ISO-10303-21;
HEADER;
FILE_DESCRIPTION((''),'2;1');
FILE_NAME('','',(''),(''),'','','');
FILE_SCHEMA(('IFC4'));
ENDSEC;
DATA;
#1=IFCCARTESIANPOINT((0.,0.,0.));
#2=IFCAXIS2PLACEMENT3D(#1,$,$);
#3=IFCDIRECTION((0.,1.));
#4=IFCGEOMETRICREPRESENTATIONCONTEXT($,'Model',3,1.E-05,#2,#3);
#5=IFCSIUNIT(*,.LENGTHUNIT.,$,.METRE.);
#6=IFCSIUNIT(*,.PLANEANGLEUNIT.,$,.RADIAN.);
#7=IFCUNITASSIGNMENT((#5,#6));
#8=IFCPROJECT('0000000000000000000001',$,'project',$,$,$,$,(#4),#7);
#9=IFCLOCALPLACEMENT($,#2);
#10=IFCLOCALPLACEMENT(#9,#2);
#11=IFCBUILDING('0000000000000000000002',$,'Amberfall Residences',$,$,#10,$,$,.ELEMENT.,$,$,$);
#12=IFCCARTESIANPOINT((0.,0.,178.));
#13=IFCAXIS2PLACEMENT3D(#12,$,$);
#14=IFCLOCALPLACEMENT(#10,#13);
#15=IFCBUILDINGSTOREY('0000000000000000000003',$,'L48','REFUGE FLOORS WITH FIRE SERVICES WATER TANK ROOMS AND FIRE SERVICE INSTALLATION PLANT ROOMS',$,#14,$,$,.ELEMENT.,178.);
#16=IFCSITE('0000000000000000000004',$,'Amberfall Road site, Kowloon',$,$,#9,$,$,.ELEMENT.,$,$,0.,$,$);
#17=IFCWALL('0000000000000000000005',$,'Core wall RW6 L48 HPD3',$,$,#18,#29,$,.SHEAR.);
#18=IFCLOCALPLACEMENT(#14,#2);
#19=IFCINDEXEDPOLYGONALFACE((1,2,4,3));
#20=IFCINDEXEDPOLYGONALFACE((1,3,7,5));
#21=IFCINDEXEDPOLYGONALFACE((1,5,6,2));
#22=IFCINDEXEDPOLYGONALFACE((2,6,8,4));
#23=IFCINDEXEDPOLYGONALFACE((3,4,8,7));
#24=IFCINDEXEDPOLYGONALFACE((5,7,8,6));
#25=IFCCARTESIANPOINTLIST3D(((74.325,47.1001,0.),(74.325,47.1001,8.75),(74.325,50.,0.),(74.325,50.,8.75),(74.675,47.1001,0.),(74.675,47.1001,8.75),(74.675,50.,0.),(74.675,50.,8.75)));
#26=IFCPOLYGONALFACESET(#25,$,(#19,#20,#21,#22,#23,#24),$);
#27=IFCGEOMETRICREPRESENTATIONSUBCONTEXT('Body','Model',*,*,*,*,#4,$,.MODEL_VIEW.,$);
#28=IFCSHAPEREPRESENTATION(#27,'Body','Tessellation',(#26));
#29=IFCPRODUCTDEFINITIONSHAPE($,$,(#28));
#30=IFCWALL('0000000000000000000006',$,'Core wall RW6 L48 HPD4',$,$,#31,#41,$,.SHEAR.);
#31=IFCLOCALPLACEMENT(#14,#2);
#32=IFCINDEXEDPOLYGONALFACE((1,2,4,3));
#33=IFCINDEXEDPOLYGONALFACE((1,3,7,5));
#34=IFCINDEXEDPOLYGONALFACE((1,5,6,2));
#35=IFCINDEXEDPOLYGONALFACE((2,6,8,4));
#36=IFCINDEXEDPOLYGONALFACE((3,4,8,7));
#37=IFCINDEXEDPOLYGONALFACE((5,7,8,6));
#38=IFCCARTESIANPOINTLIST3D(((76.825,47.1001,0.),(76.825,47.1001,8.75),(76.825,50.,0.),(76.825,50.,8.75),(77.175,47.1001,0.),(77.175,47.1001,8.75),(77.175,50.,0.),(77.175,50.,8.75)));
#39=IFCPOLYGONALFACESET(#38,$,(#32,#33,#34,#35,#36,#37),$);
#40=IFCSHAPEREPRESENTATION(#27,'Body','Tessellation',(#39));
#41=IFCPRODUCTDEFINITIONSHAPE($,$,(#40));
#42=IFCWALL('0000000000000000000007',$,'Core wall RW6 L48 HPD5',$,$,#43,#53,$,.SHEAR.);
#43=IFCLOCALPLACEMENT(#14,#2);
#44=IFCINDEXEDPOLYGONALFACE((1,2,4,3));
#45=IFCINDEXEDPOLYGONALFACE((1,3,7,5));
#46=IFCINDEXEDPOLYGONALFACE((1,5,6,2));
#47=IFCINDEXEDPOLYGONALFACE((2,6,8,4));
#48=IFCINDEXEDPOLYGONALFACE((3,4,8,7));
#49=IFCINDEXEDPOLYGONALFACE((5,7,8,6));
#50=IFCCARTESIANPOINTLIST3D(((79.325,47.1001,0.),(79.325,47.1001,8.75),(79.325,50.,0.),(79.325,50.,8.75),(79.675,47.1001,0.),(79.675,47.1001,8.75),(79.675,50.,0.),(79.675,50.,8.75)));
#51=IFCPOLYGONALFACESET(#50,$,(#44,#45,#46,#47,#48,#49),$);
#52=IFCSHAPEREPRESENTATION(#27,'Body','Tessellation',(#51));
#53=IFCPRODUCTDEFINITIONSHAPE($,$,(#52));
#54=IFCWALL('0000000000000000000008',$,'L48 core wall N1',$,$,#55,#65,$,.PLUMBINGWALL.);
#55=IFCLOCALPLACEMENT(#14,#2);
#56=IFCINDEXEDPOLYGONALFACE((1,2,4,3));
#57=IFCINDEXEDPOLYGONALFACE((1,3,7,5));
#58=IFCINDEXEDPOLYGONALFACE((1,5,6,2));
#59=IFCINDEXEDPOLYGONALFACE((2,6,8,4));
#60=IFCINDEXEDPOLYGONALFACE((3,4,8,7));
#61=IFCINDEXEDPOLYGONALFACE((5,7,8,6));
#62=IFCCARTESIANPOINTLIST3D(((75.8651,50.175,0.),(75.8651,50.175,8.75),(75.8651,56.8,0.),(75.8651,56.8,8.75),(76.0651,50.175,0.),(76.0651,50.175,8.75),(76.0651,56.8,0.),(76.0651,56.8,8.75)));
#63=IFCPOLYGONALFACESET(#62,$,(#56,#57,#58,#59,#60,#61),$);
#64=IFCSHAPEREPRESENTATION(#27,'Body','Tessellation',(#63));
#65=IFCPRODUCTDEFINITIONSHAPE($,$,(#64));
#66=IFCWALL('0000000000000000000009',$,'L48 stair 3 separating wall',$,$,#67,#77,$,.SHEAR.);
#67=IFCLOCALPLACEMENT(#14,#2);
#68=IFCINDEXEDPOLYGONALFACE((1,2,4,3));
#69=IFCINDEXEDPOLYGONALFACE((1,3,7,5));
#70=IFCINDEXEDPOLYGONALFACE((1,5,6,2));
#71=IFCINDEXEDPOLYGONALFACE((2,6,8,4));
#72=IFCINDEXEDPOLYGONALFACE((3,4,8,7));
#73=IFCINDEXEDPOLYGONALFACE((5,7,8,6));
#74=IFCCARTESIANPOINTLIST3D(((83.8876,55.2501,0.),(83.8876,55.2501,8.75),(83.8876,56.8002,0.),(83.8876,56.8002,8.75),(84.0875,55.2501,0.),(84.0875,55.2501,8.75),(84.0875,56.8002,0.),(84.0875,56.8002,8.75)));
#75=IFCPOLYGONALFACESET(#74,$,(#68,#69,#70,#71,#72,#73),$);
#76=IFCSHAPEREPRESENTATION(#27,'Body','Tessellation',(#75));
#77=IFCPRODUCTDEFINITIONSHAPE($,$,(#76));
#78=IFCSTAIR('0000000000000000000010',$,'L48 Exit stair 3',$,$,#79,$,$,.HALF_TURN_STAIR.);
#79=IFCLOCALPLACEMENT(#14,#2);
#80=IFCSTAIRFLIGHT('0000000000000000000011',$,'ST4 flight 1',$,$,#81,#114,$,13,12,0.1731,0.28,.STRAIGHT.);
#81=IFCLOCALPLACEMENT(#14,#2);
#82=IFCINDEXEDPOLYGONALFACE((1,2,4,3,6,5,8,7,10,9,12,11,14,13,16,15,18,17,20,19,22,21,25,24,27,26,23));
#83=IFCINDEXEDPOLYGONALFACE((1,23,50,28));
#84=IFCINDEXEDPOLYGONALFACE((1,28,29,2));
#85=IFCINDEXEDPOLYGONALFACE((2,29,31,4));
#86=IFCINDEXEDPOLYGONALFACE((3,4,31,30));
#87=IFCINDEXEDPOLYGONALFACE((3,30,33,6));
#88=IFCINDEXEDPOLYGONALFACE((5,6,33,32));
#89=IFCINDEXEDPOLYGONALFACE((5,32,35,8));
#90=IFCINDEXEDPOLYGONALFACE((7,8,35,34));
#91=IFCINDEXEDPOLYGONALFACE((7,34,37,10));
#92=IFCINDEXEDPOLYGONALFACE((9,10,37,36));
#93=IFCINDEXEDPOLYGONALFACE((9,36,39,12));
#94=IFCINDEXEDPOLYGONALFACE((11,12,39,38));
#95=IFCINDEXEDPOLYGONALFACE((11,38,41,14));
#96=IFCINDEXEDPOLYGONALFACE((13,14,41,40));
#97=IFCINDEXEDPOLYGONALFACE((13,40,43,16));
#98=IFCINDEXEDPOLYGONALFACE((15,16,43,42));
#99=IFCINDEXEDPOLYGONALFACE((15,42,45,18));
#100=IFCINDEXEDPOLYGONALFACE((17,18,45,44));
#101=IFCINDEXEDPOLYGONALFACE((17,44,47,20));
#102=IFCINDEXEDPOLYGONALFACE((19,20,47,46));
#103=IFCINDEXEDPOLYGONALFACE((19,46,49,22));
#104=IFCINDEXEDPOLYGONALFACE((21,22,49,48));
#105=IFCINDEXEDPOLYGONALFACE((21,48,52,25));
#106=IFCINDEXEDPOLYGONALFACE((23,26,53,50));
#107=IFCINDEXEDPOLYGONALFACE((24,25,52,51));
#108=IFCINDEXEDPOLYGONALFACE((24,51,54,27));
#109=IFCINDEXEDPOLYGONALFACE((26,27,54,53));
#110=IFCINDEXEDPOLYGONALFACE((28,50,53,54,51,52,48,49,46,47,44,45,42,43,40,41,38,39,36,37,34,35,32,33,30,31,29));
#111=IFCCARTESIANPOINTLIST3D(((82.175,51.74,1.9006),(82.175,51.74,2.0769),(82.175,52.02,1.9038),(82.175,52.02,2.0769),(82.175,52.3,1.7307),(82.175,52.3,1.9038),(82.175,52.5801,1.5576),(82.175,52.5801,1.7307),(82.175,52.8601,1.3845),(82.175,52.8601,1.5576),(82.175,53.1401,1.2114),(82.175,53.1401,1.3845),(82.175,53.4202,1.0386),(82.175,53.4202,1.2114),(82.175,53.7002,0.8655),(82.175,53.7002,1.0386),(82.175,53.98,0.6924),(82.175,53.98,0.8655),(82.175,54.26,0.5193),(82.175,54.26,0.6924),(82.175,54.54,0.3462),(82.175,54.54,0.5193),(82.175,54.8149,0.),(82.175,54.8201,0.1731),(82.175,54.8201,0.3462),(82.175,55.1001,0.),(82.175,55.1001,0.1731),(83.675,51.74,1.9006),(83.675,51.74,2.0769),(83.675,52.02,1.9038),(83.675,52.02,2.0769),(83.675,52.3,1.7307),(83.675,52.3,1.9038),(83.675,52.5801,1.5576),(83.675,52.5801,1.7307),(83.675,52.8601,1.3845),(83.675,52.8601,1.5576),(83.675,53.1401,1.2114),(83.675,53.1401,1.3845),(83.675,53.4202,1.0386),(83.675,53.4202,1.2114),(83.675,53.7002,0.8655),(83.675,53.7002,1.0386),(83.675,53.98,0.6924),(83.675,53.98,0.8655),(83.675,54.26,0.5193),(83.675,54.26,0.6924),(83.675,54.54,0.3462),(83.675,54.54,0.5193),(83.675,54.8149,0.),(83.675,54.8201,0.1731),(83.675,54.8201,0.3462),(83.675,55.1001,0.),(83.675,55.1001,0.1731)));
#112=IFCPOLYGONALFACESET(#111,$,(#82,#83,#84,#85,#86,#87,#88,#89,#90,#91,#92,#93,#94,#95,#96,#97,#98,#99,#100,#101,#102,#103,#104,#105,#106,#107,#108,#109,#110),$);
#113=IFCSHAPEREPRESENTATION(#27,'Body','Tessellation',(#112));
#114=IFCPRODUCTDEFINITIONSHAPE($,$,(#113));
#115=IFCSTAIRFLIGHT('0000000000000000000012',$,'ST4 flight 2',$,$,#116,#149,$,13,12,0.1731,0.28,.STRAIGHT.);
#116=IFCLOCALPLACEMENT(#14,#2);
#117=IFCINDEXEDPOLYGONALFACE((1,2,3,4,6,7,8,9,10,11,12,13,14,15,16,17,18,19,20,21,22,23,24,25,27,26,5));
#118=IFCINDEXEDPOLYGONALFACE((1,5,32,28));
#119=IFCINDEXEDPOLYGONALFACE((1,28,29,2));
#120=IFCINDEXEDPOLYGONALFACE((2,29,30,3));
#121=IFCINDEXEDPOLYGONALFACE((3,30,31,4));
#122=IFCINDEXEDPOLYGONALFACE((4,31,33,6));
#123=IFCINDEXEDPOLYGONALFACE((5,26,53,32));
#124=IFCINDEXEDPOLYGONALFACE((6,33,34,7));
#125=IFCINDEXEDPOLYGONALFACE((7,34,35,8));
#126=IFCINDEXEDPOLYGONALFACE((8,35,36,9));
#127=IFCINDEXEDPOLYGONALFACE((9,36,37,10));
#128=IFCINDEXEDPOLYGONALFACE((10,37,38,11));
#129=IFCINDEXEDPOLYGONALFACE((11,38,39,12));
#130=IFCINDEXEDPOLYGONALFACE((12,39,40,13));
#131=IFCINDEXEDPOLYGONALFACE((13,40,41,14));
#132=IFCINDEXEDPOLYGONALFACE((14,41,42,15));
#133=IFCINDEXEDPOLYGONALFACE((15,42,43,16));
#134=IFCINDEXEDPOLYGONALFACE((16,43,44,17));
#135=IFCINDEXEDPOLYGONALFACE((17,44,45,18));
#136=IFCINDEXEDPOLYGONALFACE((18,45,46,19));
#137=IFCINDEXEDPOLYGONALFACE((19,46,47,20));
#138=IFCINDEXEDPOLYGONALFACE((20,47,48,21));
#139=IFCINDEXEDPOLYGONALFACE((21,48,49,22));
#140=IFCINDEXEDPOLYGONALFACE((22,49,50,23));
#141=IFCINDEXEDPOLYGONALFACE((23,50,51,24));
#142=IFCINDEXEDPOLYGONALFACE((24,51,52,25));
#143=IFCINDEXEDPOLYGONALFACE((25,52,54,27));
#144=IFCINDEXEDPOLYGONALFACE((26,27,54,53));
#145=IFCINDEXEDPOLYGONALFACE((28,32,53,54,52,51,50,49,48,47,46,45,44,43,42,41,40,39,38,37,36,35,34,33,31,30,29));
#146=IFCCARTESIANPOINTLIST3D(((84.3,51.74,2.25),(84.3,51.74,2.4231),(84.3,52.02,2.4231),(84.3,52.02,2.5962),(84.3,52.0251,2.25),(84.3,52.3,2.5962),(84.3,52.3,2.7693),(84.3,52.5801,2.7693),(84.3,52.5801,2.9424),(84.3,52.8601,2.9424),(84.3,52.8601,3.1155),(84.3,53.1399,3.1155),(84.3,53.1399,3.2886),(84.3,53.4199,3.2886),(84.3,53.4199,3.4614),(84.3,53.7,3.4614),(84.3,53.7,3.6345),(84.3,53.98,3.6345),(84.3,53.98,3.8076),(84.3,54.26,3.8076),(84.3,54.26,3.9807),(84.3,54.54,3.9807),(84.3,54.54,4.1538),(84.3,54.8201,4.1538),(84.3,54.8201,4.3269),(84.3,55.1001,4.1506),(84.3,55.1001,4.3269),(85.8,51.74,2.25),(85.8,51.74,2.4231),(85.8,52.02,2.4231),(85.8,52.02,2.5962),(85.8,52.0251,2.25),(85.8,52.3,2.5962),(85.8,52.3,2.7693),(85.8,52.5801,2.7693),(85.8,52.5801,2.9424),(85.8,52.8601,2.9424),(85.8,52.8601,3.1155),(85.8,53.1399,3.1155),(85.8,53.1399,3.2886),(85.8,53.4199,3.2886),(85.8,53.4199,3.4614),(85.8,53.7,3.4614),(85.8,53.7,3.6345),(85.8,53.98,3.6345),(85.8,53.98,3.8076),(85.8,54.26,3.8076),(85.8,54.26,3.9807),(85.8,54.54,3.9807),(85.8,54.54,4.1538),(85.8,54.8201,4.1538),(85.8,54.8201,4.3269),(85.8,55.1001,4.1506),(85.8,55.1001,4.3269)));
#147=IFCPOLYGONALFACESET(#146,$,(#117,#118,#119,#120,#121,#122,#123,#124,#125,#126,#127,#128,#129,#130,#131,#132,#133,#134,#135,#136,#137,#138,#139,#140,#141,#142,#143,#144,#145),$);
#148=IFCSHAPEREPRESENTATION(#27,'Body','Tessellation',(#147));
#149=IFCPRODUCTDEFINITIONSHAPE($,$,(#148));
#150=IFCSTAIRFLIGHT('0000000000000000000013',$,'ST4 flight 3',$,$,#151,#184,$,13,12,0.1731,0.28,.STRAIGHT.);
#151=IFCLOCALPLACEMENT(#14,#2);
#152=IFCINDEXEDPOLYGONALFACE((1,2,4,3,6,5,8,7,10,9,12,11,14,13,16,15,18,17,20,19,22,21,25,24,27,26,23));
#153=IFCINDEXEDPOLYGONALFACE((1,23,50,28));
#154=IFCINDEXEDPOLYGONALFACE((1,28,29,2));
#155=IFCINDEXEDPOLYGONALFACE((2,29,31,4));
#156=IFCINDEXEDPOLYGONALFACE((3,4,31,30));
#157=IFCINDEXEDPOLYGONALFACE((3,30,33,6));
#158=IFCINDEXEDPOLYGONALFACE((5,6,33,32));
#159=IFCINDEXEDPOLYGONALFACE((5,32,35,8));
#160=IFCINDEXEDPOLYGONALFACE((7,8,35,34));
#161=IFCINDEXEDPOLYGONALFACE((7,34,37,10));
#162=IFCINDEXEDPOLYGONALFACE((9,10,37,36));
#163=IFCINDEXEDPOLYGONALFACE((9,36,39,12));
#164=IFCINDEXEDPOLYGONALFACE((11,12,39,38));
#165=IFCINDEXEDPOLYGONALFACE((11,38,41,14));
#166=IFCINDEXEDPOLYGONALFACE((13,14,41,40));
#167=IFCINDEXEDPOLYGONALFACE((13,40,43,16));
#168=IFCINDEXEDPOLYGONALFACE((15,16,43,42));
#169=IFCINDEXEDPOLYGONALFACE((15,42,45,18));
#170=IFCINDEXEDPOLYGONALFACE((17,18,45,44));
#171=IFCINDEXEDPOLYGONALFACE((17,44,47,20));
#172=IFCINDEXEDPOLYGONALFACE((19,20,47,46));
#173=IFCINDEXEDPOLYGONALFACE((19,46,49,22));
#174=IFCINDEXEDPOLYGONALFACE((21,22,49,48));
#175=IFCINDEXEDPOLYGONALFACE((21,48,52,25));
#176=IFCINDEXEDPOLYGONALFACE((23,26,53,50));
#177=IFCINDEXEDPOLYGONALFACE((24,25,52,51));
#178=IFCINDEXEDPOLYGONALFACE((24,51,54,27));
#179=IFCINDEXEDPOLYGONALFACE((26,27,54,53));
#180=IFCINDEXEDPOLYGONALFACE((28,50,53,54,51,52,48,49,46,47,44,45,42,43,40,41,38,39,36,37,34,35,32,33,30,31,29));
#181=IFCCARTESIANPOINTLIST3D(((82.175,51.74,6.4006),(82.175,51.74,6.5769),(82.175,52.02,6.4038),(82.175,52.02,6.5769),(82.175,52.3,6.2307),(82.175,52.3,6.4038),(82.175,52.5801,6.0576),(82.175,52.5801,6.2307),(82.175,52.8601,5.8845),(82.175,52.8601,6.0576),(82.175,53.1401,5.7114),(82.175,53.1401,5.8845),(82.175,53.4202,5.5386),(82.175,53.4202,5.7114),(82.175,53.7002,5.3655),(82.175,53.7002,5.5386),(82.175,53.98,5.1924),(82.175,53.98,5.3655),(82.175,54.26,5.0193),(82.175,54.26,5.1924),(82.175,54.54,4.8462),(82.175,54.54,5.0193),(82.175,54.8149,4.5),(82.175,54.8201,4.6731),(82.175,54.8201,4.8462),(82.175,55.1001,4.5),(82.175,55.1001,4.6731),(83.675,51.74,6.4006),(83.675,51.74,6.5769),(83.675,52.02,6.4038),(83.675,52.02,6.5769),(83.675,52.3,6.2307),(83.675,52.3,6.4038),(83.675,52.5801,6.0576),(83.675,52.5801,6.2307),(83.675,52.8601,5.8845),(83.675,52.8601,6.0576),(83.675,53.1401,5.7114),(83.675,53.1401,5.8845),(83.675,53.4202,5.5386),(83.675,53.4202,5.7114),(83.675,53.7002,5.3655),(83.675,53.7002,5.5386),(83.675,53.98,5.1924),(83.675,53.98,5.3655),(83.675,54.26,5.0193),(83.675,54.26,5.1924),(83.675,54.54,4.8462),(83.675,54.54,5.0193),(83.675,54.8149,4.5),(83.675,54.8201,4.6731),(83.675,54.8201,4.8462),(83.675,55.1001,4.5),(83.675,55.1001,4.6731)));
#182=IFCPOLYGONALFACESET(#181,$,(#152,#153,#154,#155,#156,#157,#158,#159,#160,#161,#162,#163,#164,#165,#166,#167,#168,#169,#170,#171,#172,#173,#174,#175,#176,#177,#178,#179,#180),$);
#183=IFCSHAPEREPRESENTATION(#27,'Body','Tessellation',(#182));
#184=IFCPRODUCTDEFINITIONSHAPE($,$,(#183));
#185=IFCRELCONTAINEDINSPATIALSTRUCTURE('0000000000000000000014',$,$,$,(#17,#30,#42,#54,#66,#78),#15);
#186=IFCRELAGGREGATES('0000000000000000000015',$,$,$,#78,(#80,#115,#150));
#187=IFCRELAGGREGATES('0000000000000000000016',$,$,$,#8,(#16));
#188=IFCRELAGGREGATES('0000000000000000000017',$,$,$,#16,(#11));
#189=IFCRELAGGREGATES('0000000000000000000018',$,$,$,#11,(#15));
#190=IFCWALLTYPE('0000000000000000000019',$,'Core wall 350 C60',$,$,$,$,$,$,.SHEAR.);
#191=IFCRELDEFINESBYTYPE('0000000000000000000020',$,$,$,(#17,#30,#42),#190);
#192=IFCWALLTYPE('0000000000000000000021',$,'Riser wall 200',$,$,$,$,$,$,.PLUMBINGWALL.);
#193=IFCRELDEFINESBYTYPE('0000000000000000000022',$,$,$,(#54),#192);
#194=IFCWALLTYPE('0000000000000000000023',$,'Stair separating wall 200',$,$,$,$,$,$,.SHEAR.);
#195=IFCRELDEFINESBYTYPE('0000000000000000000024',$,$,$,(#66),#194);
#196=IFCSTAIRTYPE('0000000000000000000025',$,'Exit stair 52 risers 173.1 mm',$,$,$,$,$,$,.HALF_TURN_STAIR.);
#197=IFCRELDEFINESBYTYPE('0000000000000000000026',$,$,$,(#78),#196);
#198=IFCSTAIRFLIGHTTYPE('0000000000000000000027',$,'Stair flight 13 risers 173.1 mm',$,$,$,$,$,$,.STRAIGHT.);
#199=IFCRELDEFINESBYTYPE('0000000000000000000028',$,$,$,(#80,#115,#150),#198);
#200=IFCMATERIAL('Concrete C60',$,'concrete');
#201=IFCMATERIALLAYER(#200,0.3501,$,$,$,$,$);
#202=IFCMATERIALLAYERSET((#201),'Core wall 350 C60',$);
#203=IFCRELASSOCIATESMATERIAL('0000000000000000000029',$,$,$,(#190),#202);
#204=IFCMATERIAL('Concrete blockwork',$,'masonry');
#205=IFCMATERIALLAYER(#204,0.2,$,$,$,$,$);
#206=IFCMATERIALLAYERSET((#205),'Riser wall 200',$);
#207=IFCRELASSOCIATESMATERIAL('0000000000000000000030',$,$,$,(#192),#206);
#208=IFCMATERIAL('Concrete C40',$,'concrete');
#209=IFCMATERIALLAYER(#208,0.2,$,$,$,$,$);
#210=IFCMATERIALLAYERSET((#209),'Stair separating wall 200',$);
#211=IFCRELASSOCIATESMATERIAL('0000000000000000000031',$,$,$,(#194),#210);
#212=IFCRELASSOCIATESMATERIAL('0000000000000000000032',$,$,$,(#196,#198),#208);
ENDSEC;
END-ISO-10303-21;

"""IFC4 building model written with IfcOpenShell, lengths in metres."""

from ifc_helpers import new_model, si_unit, direction, frame, frame_2d, origin, place, context, subcontext, project, spatial, polyline, rectangle, outline, extrude, material, layer, layer_set, type_object, element, aggregate, save


model = new_model("IFC4")

# Units and contexts
model_context = context("Model", 3, precision=1e-05, world=origin(), true_north=direction((0.0, 1.0)))
body_context = subcontext(model_context, "Body", "Model", "MODEL_VIEW")
ifc_project = project(units=[si_unit("LENGTHUNIT", "METRE"), si_unit("PLANEANGLEUNIT", "RADIAN")], contexts=[model_context])

# Site, building, storey
site_placement = place(None, origin())
site = spatial("IfcSite", under=ifc_project, at=site_placement, Name="Amberfall Road site, Kowloon", CompositionType="ELEMENT", RefElevation=0.0)
building_placement = place(site_placement, origin())
building = spatial("IfcBuilding", under=site, at=building_placement, Name="Amberfall Residences", CompositionType="ELEMENT")
storey_placement = place(building_placement, frame((0.0, 0.0, 178.0)))
storey = spatial("IfcBuildingStorey", under=building, at=storey_placement, Name="L48", Description="REFUGE FLOORS WITH FIRE SERVICES WATER TANK ROOMS AND FIRE SERVICE INSTALLATION PLANT ROOMS", CompositionType="ELEMENT", Elevation=178.0)

# Walls
ifc_material_1 = material(Name="Concrete C60", Category="concrete")
ifc_layer_1 = layer(ifc_material_1, 0.3501)
ifc_layer_set_1 = layer_set([ifc_layer_1], Name="Core wall 350 C60")
wall_type_1 = type_object("IfcWallType", Name="Core wall 350 C60", PredefinedType="SHEAR", material=ifc_layer_set_1)
for number, where, z_axis, x_axis, name in (
    (1, (74.5, 47.1001, 0.0), (0.0, 0.0, 1.0), (0.0, 1.0, 0.0), "Core wall RW6 L48 HPD3"),
    (2, (77.0, 47.1001, 0.0), (0.0, 0.0, 1.0), (0.0, 1.0, 0.0), "Core wall RW6 L48 HPD4"),
    (3, (79.5, 47.1001, 0.0), (0.0, 0.0, 1.0), (0.0, 1.0, 0.0), "Core wall RW6 L48 HPD5"),
):
    element("IfcWall", number, at=place(storey_placement, frame(where, z_axis=z_axis, x_axis=x_axis)), inside=storey, type_object=wall_type_1, Name=name, PredefinedType="SHEAR", context=body_context, shape_type="SweptSolid", body=[
        extrude(rectangle(XDim=2.8999, YDim=0.3501, at=frame_2d((1.45, 0.0))), origin(), (0.0, 0.0, 1.0), 8.75),
    ])
ifc_material_2 = material(Name="Concrete blockwork", Category="masonry")
ifc_layer_2 = layer(ifc_material_2, 0.2)
ifc_layer_set_2 = layer_set([ifc_layer_2], Name="Riser wall 200")
wall_type_2 = type_object("IfcWallType", Name="Riser wall 200", PredefinedType="PLUMBINGWALL", material=ifc_layer_set_2)
wall_1_placement = place(storey_placement, frame((75.9651, 50.175, 0.0), z_axis=(0.0, 0.0, 1.0), x_axis=(0.0, 1.0, 0.0)))
element("IfcWall", 4, at=wall_1_placement, inside=storey, type_object=wall_type_2, Name="L48 core wall N1", PredefinedType="PLUMBINGWALL", context=body_context, shape_type="SweptSolid", body=[
    extrude(rectangle(XDim=6.625, YDim=0.2, at=frame_2d((3.3125, 0.0))), origin(), (0.0, 0.0, 1.0), 8.75),
])
ifc_material_3 = material(Name="Concrete C40", Category="concrete")
ifc_layer_3 = layer(ifc_material_3, 0.2)
ifc_layer_set_3 = layer_set([ifc_layer_3], Name="Stair separating wall 200")
wall_type_3 = type_object("IfcWallType", Name="Stair separating wall 200", PredefinedType="SHEAR", material=ifc_layer_set_3)
wall_2_placement = place(storey_placement, frame((83.9875, 56.8, 0.0), z_axis=(0.0, 0.0, 1.0), x_axis=(0.0, -1.0, 0.0)))
element("IfcWall", 5, at=wall_2_placement, inside=storey, type_object=wall_type_3, Name="L48 stair 3 separating wall", PredefinedType="SHEAR", context=body_context, shape_type="SweptSolid", body=[
    extrude(rectangle(XDim=1.55, YDim=0.2, at=frame_2d((0.7749, 0.0))), origin(), (0.0, 0.0, 1.0), 8.75),
])

# Stair, stair flights
stair_type = type_object("IfcStairType", Name="Exit stair 52 risers 173.1 mm", PredefinedType="HALF_TURN_STAIR", material=ifc_material_3)
stair_placement = place(storey_placement, origin())
stair = element("IfcStair", 6, at=stair_placement, inside=storey, type_object=stair_type, Name="L48 Exit stair 3", PredefinedType="HALF_TURN_STAIR")
stair_flight_type = type_object("IfcStairFlightType", Name="Stair flight 13 risers 173.1 mm", PredefinedType="STRAIGHT", material=ifc_material_3)
stair_flight_1_placement = place(storey_placement, frame((82.925, 55.1001, 0.0), z_axis=(0.0, 0.0, 1.0), x_axis=(0.0, -1.0, 0.0)))
stair_flight_1 = element("IfcStairFlight", 7, at=stair_flight_1_placement, type_object=stair_flight_type, Name="ST4 flight 1", NumberOfRisers=13, NumberOfTreads=12, PredefinedType="STRAIGHT", RiserHeight=0.1731, TreadLength=0.28, context=body_context, shape_type="SweptSolid", body=[
    extrude(outline(polyline([(0.0, 0.0), (0.0, 0.1731), (0.28, 0.1731), (0.28, 0.3462), (0.5601, 0.3462), (0.5601, 0.5193), (0.8401, 0.5193), (0.8401, 0.6924), (1.1201, 0.6924), (1.1201, 0.8655), (1.3999, 0.8655), (1.3999, 1.0386), (1.6799, 1.0386), (1.6799, 1.2114), (1.96, 1.2114), (1.96, 1.3845), (2.24, 1.3845), (2.24, 1.5576), (2.52, 1.5576), (2.52, 1.7307), (2.8, 1.7307), (2.8, 1.9038), (3.0801, 1.9038), (3.0801, 2.0769), (3.3601, 2.0769), (3.3601, 2.25), (3.3601, 1.9006), (0.2852, 0.0), (0.0, 0.0)])), frame((0.0, 0.75, 0.0), z_axis=(0.0, -1.0, 0.0), x_axis=(1.0, 0.0, 0.0)), (0.0, 0.0, 1.0), 1.5),
])
stair_flight_2_placement = place(storey_placement, frame((85.05, 51.74, 2.25), z_axis=(0.0, 0.0, 1.0), x_axis=(0.0, 1.0, 0.0)))
stair_flight_2 = element("IfcStairFlight", 8, at=stair_flight_2_placement, type_object=stair_flight_type, Name="ST4 flight 2", NumberOfRisers=13, NumberOfTreads=12, PredefinedType="STRAIGHT", RiserHeight=0.1731, TreadLength=0.28, context=body_context, shape_type="SweptSolid", body=[
    extrude(outline(polyline([(0.0, 0.0), (0.0, 0.1731), (0.28, 0.1731), (0.28, 0.3462), (0.5601, 0.3462), (0.5601, 0.5193), (0.8401, 0.5193), (0.8401, 0.6924), (1.1201, 0.6924), (1.1201, 0.8655), (1.3999, 0.8655), (1.3999, 1.0386), (1.6799, 1.0386), (1.6799, 1.2114), (1.96, 1.2114), (1.96, 1.3845), (2.24, 1.3845), (2.24, 1.5576), (2.52, 1.5576), (2.52, 1.7307), (2.8, 1.7307), (2.8, 1.9038), (3.0801, 1.9038), (3.0801, 2.0769), (3.3601, 2.0769), (3.3601, 2.25), (3.3601, 1.9006), (0.2852, 0.0), (0.0, 0.0)])), frame((0.0, 0.75, 0.0), z_axis=(0.0, -1.0, 0.0), x_axis=(1.0, 0.0, 0.0)), (0.0, 0.0, 1.0), 1.5),
])
stair_flight_3_placement = place(storey_placement, frame((82.925, 55.1001, 4.5), z_axis=(0.0, 0.0, 1.0), x_axis=(0.0, -1.0, 0.0)))
stair_flight_3 = element("IfcStairFlight", 9, at=stair_flight_3_placement, type_object=stair_flight_type, Name="ST4 flight 3", NumberOfRisers=13, NumberOfTreads=12, PredefinedType="STRAIGHT", RiserHeight=0.1731, TreadLength=0.28, context=body_context, shape_type="SweptSolid", body=[
    extrude(outline(polyline([(0.0, 0.0), (0.0, 0.1731), (0.28, 0.1731), (0.28, 0.3462), (0.5601, 0.3462), (0.5601, 0.5193), (0.8401, 0.5193), (0.8401, 0.6924), (1.1201, 0.6924), (1.1201, 0.8655), (1.3999, 0.8655), (1.3999, 1.0386), (1.6799, 1.0386), (1.6799, 1.2114), (1.96, 1.2114), (1.96, 1.3845), (2.24, 1.3845), (2.24, 1.5576), (2.52, 1.5576), (2.52, 1.7307), (2.8, 1.7307), (2.8, 1.9038), (3.0801, 1.9038), (3.0801, 2.0769), (3.3601, 2.0769), (3.3601, 2.25), (3.3601, 1.9006), (0.2852, 0.0), (0.0, 0.0)])), frame((0.0, 0.75, 0.0), z_axis=(0.0, -1.0, 0.0), x_axis=(1.0, 0.0, 0.0)), (0.0, 0.0, 1.0), 1.5),
])
aggregate(stair, [stair_flight_1, stair_flight_2, stair_flight_3])

save(model, "model.ifc")
